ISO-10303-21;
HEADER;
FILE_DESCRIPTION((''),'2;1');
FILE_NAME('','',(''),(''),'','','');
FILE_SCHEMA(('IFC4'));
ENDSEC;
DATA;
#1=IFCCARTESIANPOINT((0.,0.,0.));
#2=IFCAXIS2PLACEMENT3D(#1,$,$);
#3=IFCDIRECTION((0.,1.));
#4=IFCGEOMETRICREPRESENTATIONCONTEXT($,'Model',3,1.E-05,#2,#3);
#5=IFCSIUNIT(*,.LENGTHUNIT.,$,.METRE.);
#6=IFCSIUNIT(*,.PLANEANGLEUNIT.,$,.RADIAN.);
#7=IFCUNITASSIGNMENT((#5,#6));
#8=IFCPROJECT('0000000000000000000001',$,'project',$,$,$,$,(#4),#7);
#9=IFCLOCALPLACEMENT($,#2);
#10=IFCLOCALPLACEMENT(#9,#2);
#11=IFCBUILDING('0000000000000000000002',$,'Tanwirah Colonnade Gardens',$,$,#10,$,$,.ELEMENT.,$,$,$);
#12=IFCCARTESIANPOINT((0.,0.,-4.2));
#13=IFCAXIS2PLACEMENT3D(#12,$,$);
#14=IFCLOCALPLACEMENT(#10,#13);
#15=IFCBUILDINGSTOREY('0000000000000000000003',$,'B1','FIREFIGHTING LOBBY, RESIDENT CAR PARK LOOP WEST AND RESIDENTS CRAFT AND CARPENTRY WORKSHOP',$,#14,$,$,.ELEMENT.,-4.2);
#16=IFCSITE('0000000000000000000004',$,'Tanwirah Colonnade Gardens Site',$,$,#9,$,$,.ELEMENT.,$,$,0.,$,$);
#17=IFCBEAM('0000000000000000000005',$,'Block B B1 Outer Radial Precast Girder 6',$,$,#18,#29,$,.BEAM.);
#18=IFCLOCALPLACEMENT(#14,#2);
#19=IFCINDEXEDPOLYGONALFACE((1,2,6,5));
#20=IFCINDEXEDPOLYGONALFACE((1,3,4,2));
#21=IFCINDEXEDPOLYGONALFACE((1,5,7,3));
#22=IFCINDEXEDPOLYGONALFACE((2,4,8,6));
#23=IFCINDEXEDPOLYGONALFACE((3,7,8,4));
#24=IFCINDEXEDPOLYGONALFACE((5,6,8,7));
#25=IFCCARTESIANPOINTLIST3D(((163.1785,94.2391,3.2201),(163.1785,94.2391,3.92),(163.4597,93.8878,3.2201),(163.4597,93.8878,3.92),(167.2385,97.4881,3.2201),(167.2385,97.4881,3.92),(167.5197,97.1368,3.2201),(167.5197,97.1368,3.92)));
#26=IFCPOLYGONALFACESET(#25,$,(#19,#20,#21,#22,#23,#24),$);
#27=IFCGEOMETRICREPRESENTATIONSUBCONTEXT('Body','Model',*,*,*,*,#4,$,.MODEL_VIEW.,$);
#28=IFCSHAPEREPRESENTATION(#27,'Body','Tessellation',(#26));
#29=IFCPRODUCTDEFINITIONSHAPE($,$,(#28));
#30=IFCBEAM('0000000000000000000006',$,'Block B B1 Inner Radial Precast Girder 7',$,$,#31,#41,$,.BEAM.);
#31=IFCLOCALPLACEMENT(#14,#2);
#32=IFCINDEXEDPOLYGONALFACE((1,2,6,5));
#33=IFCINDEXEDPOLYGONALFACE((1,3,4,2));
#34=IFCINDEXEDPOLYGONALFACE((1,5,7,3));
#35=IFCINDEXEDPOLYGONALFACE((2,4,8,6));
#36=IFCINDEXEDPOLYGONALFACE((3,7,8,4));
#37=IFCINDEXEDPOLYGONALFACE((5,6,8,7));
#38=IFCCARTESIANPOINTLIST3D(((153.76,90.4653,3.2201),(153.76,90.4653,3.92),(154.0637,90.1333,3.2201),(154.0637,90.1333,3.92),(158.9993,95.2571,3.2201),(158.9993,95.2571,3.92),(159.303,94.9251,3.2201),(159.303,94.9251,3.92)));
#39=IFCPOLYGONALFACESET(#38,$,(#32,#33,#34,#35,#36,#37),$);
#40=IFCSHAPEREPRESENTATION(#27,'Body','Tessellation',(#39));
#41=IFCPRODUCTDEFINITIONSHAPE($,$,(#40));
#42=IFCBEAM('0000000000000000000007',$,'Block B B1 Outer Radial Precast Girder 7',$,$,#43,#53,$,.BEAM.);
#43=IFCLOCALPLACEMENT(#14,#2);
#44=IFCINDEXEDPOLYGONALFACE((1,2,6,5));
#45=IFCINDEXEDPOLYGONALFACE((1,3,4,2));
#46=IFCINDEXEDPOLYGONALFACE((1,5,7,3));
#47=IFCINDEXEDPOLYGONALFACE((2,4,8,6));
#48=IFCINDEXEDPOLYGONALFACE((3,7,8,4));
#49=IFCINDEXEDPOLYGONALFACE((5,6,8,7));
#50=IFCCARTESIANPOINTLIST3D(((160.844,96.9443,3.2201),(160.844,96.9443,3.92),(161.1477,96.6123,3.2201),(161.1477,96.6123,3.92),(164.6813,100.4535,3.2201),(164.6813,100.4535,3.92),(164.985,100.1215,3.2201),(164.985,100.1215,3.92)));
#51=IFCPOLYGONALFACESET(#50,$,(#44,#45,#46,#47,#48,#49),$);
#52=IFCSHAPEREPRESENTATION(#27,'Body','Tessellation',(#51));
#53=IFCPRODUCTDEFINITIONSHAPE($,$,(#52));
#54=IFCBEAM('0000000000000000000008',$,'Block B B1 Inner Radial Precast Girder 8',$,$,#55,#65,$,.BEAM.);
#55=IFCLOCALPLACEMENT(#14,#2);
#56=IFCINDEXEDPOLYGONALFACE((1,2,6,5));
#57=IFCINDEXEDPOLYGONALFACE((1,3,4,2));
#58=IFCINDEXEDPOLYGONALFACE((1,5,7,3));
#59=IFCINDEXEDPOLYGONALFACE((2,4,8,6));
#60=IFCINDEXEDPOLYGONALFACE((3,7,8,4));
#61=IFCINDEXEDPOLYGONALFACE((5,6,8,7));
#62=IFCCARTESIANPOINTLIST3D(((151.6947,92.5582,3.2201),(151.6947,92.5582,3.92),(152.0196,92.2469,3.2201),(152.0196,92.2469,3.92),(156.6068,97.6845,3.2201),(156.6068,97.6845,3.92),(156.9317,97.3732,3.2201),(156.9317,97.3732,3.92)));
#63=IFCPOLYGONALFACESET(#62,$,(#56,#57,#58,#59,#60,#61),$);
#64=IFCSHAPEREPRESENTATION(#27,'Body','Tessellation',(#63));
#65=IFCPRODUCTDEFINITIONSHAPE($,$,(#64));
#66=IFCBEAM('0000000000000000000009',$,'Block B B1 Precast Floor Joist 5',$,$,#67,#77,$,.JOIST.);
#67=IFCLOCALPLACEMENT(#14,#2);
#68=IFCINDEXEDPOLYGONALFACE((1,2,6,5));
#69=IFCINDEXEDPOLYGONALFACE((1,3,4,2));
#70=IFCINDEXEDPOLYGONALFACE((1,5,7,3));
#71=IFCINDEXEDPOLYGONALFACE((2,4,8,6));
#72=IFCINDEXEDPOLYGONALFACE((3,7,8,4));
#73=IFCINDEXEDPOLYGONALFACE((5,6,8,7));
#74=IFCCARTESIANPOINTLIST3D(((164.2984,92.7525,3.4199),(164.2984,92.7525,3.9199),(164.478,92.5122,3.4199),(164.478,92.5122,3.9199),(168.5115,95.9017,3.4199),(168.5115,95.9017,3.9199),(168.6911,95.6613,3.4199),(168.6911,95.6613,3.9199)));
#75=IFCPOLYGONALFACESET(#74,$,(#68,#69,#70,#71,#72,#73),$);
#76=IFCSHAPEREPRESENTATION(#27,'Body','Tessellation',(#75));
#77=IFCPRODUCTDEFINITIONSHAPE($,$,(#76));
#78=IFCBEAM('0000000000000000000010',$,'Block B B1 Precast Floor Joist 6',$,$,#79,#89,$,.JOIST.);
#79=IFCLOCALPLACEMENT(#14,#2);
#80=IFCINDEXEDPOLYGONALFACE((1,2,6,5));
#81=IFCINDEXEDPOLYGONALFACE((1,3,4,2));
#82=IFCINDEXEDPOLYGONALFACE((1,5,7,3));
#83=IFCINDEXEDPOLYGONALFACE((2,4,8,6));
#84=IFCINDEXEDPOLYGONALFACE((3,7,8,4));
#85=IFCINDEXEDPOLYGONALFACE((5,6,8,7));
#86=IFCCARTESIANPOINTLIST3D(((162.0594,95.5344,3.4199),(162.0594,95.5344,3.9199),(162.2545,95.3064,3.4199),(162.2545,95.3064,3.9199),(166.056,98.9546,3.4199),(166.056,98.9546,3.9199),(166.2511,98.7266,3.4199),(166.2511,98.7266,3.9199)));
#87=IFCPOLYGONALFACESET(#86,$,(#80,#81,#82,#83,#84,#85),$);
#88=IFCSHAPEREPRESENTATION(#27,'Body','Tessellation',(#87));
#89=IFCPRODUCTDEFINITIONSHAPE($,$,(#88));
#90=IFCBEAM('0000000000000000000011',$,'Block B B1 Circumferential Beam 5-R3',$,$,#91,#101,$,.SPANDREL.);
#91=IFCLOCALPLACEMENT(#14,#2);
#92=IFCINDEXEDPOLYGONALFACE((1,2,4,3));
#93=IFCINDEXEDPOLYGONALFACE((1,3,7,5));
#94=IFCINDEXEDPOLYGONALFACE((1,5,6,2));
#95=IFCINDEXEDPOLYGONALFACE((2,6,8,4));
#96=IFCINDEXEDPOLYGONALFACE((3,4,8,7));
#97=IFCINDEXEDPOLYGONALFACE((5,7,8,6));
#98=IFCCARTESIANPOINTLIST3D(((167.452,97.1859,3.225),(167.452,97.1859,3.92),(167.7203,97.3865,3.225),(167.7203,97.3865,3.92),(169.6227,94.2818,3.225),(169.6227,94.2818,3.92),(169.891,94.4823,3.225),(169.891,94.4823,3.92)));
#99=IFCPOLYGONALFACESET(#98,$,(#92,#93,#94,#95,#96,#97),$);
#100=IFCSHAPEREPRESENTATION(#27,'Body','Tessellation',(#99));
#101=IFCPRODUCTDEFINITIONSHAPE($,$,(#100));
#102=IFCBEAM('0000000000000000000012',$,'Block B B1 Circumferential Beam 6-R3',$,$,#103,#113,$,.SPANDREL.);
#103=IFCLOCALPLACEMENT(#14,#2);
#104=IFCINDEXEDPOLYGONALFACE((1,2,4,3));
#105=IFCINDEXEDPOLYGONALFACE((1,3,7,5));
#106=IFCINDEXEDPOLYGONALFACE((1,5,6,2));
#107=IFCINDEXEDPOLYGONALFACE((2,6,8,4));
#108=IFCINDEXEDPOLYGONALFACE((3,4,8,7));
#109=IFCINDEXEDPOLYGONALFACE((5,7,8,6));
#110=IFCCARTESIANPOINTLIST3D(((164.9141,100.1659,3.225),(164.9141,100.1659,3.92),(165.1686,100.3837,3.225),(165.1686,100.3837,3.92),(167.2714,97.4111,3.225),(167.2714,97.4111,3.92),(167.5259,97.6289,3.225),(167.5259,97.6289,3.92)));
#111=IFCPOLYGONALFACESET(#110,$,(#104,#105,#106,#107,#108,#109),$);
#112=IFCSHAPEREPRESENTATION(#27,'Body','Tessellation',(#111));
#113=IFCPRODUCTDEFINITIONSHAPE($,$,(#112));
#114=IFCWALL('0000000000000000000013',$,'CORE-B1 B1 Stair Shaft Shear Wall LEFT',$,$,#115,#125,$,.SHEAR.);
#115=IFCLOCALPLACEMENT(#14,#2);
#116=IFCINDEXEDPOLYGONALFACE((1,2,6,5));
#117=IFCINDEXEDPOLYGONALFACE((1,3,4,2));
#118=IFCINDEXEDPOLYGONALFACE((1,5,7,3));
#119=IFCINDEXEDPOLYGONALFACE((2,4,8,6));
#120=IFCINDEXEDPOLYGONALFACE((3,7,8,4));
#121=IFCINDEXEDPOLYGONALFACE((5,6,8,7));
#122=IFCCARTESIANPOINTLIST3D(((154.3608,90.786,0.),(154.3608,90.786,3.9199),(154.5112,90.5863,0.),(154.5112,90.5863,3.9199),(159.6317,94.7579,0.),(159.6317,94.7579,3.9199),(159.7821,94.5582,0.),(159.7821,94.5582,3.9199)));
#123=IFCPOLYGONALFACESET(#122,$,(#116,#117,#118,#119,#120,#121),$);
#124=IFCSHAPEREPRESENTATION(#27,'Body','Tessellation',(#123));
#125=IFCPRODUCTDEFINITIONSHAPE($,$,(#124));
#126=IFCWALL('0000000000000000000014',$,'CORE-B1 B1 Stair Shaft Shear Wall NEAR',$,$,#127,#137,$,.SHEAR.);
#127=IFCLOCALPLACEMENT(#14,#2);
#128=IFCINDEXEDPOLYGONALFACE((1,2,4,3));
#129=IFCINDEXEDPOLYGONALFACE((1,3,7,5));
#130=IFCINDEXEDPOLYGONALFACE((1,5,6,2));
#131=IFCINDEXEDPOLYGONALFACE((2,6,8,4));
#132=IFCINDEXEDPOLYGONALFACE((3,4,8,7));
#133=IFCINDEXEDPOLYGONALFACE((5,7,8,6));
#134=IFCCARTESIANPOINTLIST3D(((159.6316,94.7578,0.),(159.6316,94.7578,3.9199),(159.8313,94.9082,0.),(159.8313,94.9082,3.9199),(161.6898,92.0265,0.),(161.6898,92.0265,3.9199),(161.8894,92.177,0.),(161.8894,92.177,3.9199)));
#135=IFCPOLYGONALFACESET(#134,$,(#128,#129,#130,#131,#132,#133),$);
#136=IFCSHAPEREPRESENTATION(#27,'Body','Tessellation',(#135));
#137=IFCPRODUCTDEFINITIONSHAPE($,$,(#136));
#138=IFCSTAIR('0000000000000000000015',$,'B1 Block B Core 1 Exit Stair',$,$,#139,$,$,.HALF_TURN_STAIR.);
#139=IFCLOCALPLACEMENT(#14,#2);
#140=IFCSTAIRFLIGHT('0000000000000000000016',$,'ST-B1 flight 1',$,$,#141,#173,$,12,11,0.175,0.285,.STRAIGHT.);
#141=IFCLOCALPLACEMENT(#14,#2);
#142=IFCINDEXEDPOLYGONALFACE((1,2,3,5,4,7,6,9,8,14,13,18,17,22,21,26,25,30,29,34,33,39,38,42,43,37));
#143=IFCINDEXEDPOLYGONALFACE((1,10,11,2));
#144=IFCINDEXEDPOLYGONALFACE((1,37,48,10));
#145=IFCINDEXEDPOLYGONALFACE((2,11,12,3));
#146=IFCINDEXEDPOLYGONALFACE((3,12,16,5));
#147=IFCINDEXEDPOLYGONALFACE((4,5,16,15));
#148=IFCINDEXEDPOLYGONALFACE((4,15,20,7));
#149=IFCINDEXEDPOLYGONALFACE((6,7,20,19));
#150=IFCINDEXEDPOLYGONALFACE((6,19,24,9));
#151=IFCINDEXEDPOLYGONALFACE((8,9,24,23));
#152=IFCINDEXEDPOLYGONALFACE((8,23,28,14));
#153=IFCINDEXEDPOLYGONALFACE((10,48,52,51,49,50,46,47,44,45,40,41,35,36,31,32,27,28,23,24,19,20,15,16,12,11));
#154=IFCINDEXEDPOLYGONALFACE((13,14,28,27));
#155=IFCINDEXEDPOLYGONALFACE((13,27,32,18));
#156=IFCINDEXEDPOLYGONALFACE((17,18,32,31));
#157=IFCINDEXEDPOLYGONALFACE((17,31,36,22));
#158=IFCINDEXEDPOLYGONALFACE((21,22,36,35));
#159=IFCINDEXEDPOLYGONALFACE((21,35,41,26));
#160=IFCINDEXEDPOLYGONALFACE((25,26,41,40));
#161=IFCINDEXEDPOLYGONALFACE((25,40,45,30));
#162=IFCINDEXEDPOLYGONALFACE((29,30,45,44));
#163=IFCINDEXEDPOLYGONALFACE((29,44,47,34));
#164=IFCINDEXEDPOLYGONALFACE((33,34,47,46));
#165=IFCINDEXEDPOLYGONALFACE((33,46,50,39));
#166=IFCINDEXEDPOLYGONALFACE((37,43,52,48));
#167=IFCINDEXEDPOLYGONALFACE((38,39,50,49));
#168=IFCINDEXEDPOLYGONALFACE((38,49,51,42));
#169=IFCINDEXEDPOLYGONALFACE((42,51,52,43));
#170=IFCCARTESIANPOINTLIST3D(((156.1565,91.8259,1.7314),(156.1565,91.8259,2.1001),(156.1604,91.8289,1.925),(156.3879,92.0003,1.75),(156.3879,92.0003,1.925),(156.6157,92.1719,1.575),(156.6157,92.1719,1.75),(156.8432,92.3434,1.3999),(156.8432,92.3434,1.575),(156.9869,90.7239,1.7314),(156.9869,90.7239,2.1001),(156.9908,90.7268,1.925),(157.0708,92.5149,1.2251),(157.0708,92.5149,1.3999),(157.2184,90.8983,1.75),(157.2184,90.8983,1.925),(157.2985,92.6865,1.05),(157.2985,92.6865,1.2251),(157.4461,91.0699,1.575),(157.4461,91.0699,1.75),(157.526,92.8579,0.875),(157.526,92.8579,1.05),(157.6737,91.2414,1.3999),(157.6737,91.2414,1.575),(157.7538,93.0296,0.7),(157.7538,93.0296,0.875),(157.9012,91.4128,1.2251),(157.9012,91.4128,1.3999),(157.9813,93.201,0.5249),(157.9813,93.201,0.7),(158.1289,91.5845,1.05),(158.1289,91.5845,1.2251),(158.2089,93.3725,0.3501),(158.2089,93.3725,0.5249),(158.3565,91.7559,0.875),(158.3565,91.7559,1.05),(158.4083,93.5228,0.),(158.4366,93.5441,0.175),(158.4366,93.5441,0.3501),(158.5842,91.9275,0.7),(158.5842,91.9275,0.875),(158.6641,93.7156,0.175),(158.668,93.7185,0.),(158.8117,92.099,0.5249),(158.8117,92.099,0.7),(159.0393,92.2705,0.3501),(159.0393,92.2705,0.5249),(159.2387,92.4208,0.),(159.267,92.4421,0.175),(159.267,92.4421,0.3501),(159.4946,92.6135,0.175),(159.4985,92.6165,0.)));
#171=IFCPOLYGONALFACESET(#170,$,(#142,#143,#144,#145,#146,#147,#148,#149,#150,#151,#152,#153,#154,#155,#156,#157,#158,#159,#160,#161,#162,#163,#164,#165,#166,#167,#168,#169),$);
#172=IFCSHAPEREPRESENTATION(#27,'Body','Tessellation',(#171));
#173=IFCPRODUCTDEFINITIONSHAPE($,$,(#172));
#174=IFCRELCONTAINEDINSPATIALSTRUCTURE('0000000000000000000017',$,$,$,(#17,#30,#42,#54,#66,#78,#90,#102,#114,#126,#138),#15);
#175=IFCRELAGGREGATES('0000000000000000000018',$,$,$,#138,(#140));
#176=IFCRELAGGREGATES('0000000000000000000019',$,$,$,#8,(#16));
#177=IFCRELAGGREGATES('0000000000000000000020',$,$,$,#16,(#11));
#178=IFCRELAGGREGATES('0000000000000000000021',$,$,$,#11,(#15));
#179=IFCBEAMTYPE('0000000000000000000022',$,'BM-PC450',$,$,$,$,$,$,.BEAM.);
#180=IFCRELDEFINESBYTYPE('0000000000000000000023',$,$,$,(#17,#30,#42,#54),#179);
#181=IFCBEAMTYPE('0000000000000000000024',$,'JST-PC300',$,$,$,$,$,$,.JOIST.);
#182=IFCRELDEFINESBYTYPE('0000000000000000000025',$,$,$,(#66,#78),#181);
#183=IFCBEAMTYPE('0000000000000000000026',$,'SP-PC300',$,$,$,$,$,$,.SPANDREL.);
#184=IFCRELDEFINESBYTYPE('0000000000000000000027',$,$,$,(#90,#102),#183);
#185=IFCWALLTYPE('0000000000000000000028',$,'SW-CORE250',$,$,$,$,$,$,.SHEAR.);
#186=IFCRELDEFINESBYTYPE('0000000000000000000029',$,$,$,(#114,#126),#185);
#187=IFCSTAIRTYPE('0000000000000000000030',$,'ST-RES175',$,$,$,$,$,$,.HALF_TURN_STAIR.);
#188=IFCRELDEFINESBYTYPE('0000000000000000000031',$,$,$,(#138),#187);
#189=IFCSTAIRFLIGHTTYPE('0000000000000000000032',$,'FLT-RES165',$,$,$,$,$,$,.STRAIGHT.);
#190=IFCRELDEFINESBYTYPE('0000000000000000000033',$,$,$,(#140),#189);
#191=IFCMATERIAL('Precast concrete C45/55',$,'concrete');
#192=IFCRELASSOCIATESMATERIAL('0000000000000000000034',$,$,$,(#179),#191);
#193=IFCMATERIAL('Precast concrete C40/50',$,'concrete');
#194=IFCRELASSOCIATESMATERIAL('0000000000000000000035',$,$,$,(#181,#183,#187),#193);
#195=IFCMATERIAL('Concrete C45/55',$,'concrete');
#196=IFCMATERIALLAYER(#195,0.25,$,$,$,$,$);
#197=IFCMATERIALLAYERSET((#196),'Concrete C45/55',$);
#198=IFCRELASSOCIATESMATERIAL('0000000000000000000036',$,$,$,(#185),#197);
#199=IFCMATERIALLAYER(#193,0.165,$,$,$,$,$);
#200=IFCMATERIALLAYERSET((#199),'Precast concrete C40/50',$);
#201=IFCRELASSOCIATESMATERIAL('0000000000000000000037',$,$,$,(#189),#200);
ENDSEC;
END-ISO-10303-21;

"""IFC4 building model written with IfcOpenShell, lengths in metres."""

from ifc_helpers import new_model, si_unit, direction, frame, frame_2d, origin, origin_2d, place, context, subcontext, project, spatial, polyline, rectangle, outline, extrude, material, layer, layer_set, material_profile, profile_set, type_object, element, aggregate, save


model = new_model("IFC4")

# Units and contexts
model_context = context("Model", 3, precision=1e-05, world=origin(), true_north=direction((0.0, 1.0)))
body_context = subcontext(model_context, "Body", "Model", "MODEL_VIEW")
ifc_project = project(units=[si_unit("LENGTHUNIT", "METRE"), si_unit("PLANEANGLEUNIT", "RADIAN")], contexts=[model_context])

# Site, building, storey
site_placement = place(None, origin())
site = spatial("IfcSite", under=ifc_project, at=site_placement, Name="Tanwirah Colonnade Gardens Site", CompositionType="ELEMENT", RefElevation=0.0)
building_placement = place(site_placement, origin())
building = spatial("IfcBuilding", under=site, at=building_placement, Name="Tanwirah Colonnade Gardens", CompositionType="ELEMENT")
storey_placement = place(building_placement, frame((0.0, 0.0, -4.2)))
storey = spatial("IfcBuildingStorey", under=building, at=storey_placement, Name="B1", Description="FIREFIGHTING LOBBY, RESIDENT CAR PARK LOOP WEST AND RESIDENTS CRAFT AND CARPENTRY WORKSHOP", CompositionType="ELEMENT", Elevation=-4.2)

# Shared definitions
ifc_material_1 = material(Name="Concrete C45/55", Category="concrete")

# Beams
ifc_material_2 = material(Name="Precast concrete C40/50", Category="concrete")
ifc_material_3 = material(Name="Precast concrete C45/55", Category="concrete")
ifc_material_profile_1 = material_profile(ifc_material_3, rectangle(XDim=0.45, YDim=0.7, at=origin_2d()), Name="PC-BM 450x700")
ifc_profile_set_1 = profile_set([ifc_material_profile_1], Name="Precast concrete C45/55")
beam_type_1 = type_object("IfcBeamType", Name="BM-PC450", PredefinedType="BEAM", material=ifc_profile_set_1)
beam_1_placement = place(storey_placement, frame((163.3191, 94.0635, 3.5701), z_axis=(0.780777, 0.62481, 0.0), x_axis=(-0.62481, 0.780777, 0.0)))
element("IfcBeam", 1, at=beam_1_placement, inside=storey, type_object=beam_type_1, Name="Block B B1 Outer Radial Precast Girder 6", PredefinedType="BEAM", context=body_context, shape_type="SweptSolid", body=[
    extrude(rectangle(XDim=0.45, YDim=0.7, at=origin_2d()), origin(), (0.0, 0.0, 1.0), 5.2),
])
beam_2_placement = place(storey_placement, frame((159.1511, 95.0911, 3.5701), z_axis=(-0.737919, -0.67489, 0.0), x_axis=(0.67489, -0.737919, 0.0)))
element("IfcBeam", 2, at=beam_2_placement, inside=storey, type_object=beam_type_1, Name="Block B B1 Inner Radial Precast Girder 7", PredefinedType="BEAM", context=body_context, shape_type="SweptSolid", body=[
    extrude(rectangle(XDim=0.45, YDim=0.7, at=origin_2d()), origin(), (0.0, 0.0, 1.0), 7.1001),
])
beam_3_placement = place(storey_placement, frame((160.9958, 96.7783, 3.5701), z_axis=(0.737953, 0.674852, 0.0), x_axis=(-0.674852, 0.737953, 0.0)))
element("IfcBeam", 3, at=beam_3_placement, inside=storey, type_object=beam_type_1, Name="Block B B1 Outer Radial Precast Girder 7", PredefinedType="BEAM", context=body_context, shape_type="SweptSolid", body=[
    extrude(rectangle(XDim=0.45, YDim=0.7, at=origin_2d()), origin(), (0.0, 0.0, 1.0), 5.2),
])
beam_4_placement = place(storey_placement, frame((156.7693, 97.5288, 3.5701), z_axis=(-0.691867, -0.722025, 0.0), x_axis=(0.722025, -0.691867, 0.0)))
element("IfcBeam", 4, at=beam_4_placement, inside=storey, type_object=beam_type_1, Name="Block B B1 Inner Radial Precast Girder 8", PredefinedType="BEAM", context=body_context, shape_type="SweptSolid", body=[
    extrude(rectangle(XDim=0.45, YDim=0.7, at=origin_2d()), origin(), (0.0, 0.0, 1.0), 7.0999),
])
ifc_material_profile_2 = material_profile(ifc_material_2, rectangle(XDim=0.3, YDim=0.5, at=origin_2d()), Name="PC-JST 300x500")
ifc_profile_set_2 = profile_set([ifc_material_profile_2], Name="Precast concrete C40/50")
beam_type_2 = type_object("IfcBeamType", Name="JST-PC300", PredefinedType="JOIST", material=ifc_profile_set_2)
beam_5_placement = place(storey_placement, frame((164.3882, 92.6323, 3.6699), z_axis=(0.800974, 0.5987, 0.0), x_axis=(-0.5987, 0.800974, 0.0)))
element("IfcBeam", 5, at=beam_5_placement, inside=storey, type_object=beam_type_2, Name="Block B B1 Precast Floor Joist 5", PredefinedType="JOIST", context=body_context, shape_type="SweptSolid", body=[
    extrude(rectangle(XDim=0.3, YDim=0.5, at=origin_2d()), origin(), (0.0, 0.0, 1.0), 5.26),
])
beam_6_placement = place(storey_placement, frame((162.157, 95.4204, 3.6699), z_axis=(0.759771, 0.650191, 0.0), x_axis=(-0.650191, 0.759771, 0.0)))
element("IfcBeam", 6, at=beam_6_placement, inside=storey, type_object=beam_type_2, Name="Block B B1 Precast Floor Joist 6", PredefinedType="JOIST", context=body_context, shape_type="SweptSolid", body=[
    extrude(rectangle(XDim=0.3, YDim=0.5, at=origin_2d()), origin(), (0.0, 0.0, 1.0), 5.2603),
])
ifc_material_profile_3 = material_profile(ifc_material_2, rectangle(XDim=0.335, YDim=0.6951, at=origin_2d()), Name="PC-SP 335x695")
ifc_profile_set_3 = profile_set([ifc_material_profile_3], Name="Precast concrete C40/50")
beam_type_3 = type_object("IfcBeamType", Name="SP-PC300", PredefinedType="SPANDREL", material=ifc_profile_set_3)
for number, where, z_axis, x_axis, name in (
    (7, (169.7568, 94.3821, 3.5725), (-0.598696, 0.800977, 0.0), (-0.800977, -0.598696, 0.0), "Block B B1 Circumferential Beam 5-R3"),
    (8, (167.3987, 97.52, 3.5725), (-0.65017, 0.759789, 0.0), (-0.759789, -0.65017, 0.0), "Block B B1 Circumferential Beam 6-R3"),
):
    element("IfcBeam", number, at=place(storey_placement, frame(where, z_axis=z_axis, x_axis=x_axis)), inside=storey, type_object=beam_type_3, Name=name, PredefinedType="SPANDREL", context=body_context, shape_type="SweptSolid", body=[
        extrude(rectangle(XDim=0.335, YDim=0.6951, at=origin_2d()), origin(), (0.0, 0.0, 1.0), 3.6257),
    ])

# Walls
ifc_layer_1 = layer(ifc_material_1, 0.25)
ifc_layer_set_1 = layer_set([ifc_layer_1], Name="Concrete C45/55")
wall_type = type_object("IfcWallType", Name="SW-CORE250", PredefinedType="SHEAR", material=ifc_layer_set_1)
wall_1_placement = place(storey_placement, frame((159.7068, 94.658, 0.0), z_axis=(0.0, 0.0, 1.0), x_axis=(-0.79864, -0.60181, 0.0)))
element("IfcWall", 9, at=wall_1_placement, inside=storey, type_object=wall_type, Name="CORE-B1 B1 Stair Shaft Shear Wall LEFT", PredefinedType="SHEAR", context=body_context, shape_type="SweptSolid", body=[
    extrude(rectangle(XDim=6.5999, YDim=0.25, at=frame_2d((3.2998, 0.0))), origin(), (0.0, 0.0, 1.0), 3.9199),
])
wall_2_placement = place(storey_placement, frame((159.7314, 94.833, 0.0), z_axis=(0.0, 0.0, 1.0), x_axis=(0.601815, -0.798636, 0.0)))
element("IfcWall", 10, at=wall_2_placement, inside=storey, type_object=wall_type, Name="CORE-B1 B1 Stair Shaft Shear Wall NEAR", PredefinedType="SHEAR", context=body_context, shape_type="SweptSolid", body=[
    extrude(rectangle(XDim=3.4199, YDim=0.25, at=frame_2d((1.71, 0.0))), origin(), (0.0, 0.0, 1.0), 3.9199),
])

# Stair, stair flight
stair_type = type_object("IfcStairType", Name="ST-RES175", PredefinedType="HALF_TURN_STAIR", material=ifc_material_2)
stair_placement = place(storey_placement, origin())
stair = element("IfcStair", 11, at=stair_placement, inside=storey, type_object=stair_type, Name="B1 Block B Core 1 Exit Stair", PredefinedType="HALF_TURN_STAIR")
ifc_layer_2 = layer(ifc_material_2, 0.165)
ifc_layer_set_2 = layer_set([ifc_layer_2], Name="Precast concrete C40/50")
stair_flight_type = type_object("IfcStairFlightType", Name="FLT-RES165", PredefinedType="STRAIGHT", material=ifc_layer_set_2)
stair_flight_placement = place(storey_placement, frame((159.0793, 93.1646, 0.0), z_axis=(0.0, 0.0, 1.0), x_axis=(-0.798636, -0.601815, 0.0)))
stair_flight = element("IfcStairFlight", 12, at=stair_flight_placement, type_object=stair_flight_type, Name="ST-B1 flight 1", NumberOfRisers=12, NumberOfTreads=11, PredefinedType="STRAIGHT", RiserHeight=0.175, TreadLength=0.285, context=body_context, shape_type="SweptSolid", body=[
    extrude(outline(polyline([(-0.0049, 0.0), (0.0, 0.175), (0.2849, 0.175), (0.2849, 0.3501), (0.5701, 0.3501), (0.5701, 0.5249), (0.855, 0.5249), (0.855, 0.7), (1.1399, 0.7), (1.1399, 0.875), (1.425, 0.875), (1.425, 1.05), (1.71, 1.05), (1.71, 1.2251), (1.9951, 1.2251), (1.9951, 1.3999), (2.28, 1.3999), (2.28, 1.575), (2.5649, 1.575), (2.5649, 1.75), (2.8501, 1.75), (2.8501, 1.925), (3.135, 1.925), (3.1399, 2.1001), (3.1399, 1.7314), (0.3203, 0.0), (-0.0049, 0.0)])), frame((0.0, 0.6899, 0.0), z_axis=(0.0, -1.0, 0.0), x_axis=(1.0, 0.0, 0.0)), (0.0, 0.0, 1.0), 1.3799),
])
aggregate(stair, [stair_flight])

save(model, "model.ifc")
